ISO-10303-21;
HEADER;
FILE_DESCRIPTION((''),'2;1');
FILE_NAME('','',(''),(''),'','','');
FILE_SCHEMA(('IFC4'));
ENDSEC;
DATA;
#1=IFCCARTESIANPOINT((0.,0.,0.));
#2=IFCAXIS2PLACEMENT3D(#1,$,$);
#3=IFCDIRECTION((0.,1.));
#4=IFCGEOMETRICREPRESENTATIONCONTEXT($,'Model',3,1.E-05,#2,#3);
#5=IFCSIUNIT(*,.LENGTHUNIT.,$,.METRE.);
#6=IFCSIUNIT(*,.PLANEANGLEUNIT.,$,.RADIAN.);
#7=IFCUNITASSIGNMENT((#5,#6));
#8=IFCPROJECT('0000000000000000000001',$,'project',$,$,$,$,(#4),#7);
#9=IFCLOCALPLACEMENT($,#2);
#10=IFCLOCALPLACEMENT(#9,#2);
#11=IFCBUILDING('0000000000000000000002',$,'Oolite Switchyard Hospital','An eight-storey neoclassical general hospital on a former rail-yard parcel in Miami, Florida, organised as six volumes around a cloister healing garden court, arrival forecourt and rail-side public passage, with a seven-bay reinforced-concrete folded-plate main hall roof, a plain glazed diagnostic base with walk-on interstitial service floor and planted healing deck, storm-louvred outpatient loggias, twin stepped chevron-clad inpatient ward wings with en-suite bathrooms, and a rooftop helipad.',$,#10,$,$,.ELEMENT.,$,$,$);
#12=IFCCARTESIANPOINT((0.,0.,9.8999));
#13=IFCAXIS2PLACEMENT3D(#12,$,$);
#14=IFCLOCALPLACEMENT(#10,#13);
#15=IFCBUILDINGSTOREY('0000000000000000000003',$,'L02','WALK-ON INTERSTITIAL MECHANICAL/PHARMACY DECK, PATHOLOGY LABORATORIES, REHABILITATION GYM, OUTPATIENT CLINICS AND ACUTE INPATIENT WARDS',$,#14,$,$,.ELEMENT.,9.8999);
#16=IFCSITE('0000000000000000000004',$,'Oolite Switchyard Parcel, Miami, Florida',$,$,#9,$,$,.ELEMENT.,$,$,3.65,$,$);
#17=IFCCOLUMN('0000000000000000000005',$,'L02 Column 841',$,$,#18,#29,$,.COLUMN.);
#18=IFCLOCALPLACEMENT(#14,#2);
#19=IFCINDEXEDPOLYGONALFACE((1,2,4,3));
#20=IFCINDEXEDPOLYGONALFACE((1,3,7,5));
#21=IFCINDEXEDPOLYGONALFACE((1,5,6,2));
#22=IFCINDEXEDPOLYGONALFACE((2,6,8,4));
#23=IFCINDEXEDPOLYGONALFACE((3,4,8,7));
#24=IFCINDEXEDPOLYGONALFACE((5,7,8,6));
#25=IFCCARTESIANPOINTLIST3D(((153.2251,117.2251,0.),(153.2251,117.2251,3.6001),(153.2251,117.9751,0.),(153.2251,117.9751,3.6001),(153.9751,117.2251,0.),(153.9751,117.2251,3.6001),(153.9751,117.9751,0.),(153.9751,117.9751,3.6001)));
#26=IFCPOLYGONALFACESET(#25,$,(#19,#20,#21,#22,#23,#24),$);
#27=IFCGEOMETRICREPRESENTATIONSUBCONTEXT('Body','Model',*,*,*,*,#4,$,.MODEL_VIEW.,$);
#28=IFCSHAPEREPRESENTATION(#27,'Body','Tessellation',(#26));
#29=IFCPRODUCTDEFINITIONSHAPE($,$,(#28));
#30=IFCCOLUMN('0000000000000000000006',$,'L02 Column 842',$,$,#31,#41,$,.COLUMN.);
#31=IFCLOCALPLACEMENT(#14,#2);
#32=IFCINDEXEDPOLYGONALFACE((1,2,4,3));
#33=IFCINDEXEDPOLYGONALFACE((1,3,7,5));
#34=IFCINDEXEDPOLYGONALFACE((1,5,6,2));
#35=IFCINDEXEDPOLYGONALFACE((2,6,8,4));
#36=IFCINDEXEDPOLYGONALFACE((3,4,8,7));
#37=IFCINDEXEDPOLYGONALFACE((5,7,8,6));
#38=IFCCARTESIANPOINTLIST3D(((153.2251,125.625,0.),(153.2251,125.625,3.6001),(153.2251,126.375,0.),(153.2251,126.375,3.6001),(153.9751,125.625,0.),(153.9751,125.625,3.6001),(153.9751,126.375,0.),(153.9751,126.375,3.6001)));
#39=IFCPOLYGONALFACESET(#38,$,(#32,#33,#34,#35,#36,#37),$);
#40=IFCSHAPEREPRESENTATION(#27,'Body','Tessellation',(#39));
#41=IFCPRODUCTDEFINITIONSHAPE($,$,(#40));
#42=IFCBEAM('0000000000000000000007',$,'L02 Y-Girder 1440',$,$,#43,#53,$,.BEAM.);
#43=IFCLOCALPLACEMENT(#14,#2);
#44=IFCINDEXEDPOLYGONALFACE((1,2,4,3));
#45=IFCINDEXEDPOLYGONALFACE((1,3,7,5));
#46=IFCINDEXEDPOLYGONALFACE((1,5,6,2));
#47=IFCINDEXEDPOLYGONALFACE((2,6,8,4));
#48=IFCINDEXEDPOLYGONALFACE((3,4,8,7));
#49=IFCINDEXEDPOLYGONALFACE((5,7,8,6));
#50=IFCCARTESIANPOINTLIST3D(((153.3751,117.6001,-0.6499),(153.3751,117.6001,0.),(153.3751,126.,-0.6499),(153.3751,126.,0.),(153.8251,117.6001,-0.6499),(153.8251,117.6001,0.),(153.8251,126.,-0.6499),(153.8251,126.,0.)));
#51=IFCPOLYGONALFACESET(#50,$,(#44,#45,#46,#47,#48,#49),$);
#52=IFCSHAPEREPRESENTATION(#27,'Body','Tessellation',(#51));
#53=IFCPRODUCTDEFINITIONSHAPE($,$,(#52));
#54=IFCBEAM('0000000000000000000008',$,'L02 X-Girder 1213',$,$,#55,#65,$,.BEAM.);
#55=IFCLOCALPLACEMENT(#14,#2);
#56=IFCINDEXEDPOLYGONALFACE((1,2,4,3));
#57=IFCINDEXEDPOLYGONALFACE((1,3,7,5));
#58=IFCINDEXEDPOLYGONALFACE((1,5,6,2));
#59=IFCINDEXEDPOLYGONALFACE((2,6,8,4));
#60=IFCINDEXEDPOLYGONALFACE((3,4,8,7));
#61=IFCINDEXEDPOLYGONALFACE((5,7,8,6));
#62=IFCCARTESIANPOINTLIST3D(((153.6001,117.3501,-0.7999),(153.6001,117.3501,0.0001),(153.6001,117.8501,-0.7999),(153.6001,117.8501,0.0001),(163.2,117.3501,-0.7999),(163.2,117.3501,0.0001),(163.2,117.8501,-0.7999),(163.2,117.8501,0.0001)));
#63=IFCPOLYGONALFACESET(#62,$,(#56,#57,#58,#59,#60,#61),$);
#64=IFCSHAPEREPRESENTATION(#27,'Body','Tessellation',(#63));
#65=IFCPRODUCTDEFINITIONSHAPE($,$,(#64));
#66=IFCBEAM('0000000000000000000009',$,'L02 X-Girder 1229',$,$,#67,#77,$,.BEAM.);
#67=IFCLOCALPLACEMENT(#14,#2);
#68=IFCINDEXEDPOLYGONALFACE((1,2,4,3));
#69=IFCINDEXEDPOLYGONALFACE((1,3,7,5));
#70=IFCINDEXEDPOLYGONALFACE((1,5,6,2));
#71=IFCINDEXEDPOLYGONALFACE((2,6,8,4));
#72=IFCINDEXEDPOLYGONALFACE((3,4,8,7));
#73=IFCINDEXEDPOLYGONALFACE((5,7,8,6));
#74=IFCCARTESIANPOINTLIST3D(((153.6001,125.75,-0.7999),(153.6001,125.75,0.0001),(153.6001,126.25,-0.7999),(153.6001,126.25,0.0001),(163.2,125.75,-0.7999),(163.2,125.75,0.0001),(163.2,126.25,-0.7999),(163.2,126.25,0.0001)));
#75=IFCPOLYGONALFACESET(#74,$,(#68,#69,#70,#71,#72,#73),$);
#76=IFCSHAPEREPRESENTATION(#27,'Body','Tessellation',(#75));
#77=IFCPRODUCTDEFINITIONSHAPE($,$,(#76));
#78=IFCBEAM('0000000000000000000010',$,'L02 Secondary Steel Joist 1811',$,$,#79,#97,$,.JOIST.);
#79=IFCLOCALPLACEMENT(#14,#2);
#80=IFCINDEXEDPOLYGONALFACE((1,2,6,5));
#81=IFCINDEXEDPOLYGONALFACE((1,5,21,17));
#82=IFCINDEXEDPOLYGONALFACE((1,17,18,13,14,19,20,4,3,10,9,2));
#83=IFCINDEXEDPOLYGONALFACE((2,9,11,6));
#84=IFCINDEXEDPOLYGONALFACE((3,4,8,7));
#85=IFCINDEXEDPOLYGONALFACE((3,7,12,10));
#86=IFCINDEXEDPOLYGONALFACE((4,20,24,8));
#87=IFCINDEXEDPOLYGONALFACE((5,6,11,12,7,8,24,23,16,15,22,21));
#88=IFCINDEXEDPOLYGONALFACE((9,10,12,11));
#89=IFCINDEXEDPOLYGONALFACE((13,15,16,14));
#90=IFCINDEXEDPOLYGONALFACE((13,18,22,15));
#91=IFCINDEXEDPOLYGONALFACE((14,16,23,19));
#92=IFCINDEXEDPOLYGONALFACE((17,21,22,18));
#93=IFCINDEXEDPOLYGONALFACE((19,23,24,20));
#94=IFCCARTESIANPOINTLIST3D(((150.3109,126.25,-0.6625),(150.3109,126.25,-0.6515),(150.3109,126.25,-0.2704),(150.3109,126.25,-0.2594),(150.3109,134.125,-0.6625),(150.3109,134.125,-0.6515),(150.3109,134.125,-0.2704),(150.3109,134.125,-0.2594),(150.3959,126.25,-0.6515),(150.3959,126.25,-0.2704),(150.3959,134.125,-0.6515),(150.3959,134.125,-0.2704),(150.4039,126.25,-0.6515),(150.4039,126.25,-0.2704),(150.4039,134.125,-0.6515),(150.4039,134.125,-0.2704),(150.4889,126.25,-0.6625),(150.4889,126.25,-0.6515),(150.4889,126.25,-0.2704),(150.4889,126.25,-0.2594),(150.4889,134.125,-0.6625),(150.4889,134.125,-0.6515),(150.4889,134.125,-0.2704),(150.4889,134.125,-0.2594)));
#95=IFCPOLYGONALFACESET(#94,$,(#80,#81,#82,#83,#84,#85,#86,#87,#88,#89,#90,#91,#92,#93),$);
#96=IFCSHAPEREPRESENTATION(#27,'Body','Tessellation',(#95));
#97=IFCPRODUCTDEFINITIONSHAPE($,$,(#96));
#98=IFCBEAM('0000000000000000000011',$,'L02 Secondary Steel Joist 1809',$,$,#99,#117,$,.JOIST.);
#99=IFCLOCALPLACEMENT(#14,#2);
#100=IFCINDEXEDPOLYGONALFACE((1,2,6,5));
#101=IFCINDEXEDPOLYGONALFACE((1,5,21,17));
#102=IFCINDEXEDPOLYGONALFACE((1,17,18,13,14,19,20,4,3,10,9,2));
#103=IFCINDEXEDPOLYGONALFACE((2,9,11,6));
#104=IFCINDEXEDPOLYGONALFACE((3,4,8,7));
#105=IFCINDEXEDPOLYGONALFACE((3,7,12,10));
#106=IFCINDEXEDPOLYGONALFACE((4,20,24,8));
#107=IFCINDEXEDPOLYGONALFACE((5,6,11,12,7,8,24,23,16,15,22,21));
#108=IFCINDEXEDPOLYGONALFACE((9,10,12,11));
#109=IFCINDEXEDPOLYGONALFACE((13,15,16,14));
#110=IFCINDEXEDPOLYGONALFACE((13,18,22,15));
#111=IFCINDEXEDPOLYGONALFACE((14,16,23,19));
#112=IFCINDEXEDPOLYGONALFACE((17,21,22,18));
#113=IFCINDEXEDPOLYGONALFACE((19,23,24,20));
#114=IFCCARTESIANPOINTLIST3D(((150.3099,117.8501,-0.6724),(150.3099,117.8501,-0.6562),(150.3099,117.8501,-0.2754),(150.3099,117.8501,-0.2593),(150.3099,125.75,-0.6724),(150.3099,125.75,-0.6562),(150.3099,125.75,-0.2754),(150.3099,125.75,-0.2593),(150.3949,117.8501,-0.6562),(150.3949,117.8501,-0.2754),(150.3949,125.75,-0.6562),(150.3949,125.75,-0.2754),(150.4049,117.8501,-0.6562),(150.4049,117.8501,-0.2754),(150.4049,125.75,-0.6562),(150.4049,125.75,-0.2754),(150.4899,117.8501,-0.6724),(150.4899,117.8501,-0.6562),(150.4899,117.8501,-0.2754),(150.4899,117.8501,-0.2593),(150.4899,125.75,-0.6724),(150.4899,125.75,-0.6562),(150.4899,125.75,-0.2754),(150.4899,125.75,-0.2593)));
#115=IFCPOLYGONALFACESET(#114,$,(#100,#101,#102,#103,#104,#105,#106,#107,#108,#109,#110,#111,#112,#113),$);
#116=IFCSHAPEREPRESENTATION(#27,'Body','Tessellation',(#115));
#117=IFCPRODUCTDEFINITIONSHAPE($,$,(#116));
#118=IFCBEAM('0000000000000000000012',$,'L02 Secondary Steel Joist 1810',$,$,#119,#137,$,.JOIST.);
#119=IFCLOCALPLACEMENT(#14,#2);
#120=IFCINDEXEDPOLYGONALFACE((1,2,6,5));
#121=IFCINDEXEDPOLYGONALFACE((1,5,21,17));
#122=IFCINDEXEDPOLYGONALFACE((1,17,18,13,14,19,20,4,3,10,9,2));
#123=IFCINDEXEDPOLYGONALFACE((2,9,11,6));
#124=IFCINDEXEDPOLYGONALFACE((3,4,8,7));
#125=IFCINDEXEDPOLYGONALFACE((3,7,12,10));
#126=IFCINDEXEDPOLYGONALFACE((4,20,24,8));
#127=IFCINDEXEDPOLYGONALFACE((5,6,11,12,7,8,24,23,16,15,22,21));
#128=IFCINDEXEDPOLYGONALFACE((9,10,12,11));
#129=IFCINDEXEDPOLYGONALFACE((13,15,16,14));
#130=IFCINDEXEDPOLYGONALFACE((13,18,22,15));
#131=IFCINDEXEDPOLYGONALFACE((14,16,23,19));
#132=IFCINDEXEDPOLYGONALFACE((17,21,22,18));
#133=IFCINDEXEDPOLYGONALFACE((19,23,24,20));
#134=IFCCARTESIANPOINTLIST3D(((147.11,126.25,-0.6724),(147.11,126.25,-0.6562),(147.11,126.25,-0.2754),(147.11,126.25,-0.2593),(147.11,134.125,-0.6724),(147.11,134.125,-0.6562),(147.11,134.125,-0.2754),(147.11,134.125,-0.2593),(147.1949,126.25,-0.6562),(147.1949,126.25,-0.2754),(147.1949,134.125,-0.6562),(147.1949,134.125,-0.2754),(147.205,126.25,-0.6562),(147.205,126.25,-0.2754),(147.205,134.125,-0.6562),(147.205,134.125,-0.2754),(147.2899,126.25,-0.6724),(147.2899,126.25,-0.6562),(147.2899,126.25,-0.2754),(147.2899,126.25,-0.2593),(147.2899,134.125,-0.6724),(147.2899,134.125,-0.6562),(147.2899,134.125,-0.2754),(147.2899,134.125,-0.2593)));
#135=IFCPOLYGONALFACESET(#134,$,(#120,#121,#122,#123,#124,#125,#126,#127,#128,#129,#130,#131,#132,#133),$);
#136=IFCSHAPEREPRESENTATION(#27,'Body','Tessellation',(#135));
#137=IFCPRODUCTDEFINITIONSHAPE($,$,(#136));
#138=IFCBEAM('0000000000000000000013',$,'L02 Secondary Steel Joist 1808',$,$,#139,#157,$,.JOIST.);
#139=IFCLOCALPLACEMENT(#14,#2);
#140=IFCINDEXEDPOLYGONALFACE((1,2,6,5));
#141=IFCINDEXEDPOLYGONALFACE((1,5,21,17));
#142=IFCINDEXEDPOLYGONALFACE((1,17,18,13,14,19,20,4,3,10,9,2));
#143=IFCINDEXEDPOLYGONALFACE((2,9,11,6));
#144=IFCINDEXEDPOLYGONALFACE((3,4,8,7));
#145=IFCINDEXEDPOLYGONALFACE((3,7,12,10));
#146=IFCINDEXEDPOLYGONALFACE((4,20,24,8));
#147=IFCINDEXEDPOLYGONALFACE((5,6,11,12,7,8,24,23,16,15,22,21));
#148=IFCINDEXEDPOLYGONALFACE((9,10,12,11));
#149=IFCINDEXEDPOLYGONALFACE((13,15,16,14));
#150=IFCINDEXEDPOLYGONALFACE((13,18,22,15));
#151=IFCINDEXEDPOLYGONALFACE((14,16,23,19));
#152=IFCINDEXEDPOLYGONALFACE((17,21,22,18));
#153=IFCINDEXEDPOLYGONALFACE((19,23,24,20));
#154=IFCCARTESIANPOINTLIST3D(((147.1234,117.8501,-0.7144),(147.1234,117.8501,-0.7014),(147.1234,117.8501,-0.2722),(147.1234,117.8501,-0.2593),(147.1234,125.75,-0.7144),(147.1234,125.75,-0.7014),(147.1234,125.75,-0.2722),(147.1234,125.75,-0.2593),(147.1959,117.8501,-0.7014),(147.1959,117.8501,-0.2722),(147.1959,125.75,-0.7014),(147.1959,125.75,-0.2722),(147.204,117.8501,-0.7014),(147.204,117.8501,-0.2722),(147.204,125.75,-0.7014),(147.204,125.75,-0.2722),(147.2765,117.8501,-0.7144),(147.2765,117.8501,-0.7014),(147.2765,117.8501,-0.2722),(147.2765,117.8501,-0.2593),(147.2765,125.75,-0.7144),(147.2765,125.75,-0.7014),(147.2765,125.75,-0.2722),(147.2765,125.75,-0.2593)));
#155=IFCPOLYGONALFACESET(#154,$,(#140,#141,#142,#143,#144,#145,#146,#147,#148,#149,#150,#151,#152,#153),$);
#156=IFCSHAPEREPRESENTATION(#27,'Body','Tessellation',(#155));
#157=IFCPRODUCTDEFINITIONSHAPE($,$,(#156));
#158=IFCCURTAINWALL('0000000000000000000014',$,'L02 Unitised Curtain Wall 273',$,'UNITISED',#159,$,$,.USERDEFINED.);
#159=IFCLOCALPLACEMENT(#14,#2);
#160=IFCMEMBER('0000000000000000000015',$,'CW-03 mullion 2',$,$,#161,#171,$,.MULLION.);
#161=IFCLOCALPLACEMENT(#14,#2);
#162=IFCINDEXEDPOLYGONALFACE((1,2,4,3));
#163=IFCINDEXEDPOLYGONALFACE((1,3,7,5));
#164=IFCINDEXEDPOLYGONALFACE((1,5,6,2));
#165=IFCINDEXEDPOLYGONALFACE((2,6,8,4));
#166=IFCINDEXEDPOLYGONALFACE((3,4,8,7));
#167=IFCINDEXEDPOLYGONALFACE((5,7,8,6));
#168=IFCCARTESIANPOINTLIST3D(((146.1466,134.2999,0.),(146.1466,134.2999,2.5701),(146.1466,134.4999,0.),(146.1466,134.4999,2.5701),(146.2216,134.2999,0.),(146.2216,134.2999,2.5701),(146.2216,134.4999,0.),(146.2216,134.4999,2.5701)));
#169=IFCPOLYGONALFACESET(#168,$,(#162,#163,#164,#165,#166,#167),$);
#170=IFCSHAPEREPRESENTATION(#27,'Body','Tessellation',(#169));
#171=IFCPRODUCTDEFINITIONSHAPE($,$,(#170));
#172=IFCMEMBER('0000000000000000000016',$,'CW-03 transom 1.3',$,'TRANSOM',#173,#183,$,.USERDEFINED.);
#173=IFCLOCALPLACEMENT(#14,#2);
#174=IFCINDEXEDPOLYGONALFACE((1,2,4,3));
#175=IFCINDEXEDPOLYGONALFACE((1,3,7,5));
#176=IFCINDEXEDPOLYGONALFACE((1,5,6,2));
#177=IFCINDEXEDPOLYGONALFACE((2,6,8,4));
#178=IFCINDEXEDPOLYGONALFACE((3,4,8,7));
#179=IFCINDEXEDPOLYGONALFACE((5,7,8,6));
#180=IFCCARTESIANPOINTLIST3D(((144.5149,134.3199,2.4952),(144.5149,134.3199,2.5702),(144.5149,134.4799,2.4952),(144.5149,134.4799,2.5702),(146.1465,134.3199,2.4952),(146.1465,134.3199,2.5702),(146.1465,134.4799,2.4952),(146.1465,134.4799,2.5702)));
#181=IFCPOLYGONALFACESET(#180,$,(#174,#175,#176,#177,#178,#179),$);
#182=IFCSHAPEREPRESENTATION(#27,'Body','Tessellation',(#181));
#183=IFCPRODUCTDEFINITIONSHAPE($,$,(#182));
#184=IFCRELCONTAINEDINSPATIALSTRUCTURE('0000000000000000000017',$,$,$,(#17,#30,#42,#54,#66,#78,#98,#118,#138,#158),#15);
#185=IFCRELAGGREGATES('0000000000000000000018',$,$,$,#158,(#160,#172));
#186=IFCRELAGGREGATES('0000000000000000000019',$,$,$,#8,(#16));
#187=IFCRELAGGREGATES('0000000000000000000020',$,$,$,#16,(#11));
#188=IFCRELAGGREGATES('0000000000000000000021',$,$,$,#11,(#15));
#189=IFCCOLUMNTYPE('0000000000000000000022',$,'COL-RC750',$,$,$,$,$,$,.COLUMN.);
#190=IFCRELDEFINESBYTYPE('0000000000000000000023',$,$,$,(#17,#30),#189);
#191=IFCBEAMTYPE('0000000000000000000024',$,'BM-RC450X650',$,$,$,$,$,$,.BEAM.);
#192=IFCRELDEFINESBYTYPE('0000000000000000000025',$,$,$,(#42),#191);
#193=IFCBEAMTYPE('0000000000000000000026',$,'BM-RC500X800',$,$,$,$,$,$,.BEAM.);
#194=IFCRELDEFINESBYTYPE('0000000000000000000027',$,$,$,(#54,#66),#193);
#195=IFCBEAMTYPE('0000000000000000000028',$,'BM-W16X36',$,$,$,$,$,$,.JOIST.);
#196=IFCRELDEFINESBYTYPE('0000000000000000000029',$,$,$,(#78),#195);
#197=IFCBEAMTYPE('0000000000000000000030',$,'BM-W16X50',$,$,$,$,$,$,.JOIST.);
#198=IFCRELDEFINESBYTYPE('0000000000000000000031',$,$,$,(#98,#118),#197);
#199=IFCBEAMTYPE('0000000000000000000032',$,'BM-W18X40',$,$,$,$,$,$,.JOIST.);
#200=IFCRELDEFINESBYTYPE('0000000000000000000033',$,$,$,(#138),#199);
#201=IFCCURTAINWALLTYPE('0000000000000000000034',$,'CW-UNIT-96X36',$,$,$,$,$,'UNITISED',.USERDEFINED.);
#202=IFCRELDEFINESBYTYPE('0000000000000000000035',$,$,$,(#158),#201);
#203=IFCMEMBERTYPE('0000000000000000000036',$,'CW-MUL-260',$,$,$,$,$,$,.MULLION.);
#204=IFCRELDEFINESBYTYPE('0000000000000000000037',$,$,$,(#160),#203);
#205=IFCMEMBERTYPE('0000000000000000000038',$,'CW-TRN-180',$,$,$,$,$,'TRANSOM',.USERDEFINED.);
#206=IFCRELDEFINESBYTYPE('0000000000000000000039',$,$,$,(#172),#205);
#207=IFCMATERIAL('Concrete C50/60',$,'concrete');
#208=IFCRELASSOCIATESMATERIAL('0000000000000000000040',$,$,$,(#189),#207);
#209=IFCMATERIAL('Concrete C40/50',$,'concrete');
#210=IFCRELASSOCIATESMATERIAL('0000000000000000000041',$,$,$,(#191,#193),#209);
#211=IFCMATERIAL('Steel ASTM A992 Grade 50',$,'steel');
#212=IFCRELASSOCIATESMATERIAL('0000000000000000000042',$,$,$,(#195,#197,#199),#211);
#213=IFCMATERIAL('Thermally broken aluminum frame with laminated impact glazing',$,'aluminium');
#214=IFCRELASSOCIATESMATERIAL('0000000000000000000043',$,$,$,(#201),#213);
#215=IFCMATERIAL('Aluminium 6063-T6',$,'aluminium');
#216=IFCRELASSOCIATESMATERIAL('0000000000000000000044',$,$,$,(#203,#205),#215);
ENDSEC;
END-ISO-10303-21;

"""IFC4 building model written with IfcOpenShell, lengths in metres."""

from ifc_helpers import new_model, si_unit, direction, frame, origin, origin_2d, place, context, subcontext, project, spatial, rectangle, i_section, extrude, material, material_profile, profile_set, type_object, element, aggregate, save


model = new_model("IFC4")

# Units and contexts
model_context = context("Model", 3, precision=1e-05, world=origin(), true_north=direction((0.0, 1.0)))
body_context = subcontext(model_context, "Body", "Model", "MODEL_VIEW")
ifc_project = project(units=[si_unit("LENGTHUNIT", "METRE"), si_unit("PLANEANGLEUNIT", "RADIAN")], contexts=[model_context])

# Site, building, storey
site_placement = place(None, origin())
site = spatial("IfcSite", under=ifc_project, at=site_placement, Name="Oolite Switchyard Parcel, Miami, Florida", CompositionType="ELEMENT", RefElevation=3.65)
building_placement = place(site_placement, origin())
building = spatial("IfcBuilding", under=site, at=building_placement, Name="Oolite Switchyard Hospital", Description="An eight-storey neoclassical general hospital on a former rail-yard parcel in Miami, Florida, organised as six volumes around a cloister healing garden court, arrival forecourt and rail-side public passage, with a seven-bay reinforced-concrete folded-plate main hall roof, a plain glazed diagnostic base with walk-on interstitial service floor and planted healing deck, storm-louvred outpatient loggias, twin stepped chevron-clad inpatient ward wings with en-suite bathrooms, and a rooftop helipad.", CompositionType="ELEMENT")
storey_placement = place(building_placement, frame((0.0, 0.0, 9.8999)))
storey = spatial("IfcBuildingStorey", under=building, at=storey_placement, Name="L02", Description="WALK-ON INTERSTITIAL MECHANICAL/PHARMACY DECK, PATHOLOGY LABORATORIES, REHABILITATION GYM, OUTPATIENT CLINICS AND ACUTE INPATIENT WARDS", CompositionType="ELEMENT", Elevation=9.8999)

# Columns
ifc_material_1 = material(Name="Concrete C50/60", Category="concrete")
ifc_material_profile_1 = material_profile(ifc_material_1, rectangle(XDim=0.75, YDim=0.75, at=origin_2d()), Name="RC750X750")
ifc_profile_set_1 = profile_set([ifc_material_profile_1], Name="Concrete C50/60")
column_type = type_object("IfcColumnType", Name="COL-RC750", PredefinedType="COLUMN", material=ifc_profile_set_1)
for number, where, z_axis, x_axis, name in (
    (1, (153.6001, 117.6001, 0.0), (0.0, 0.0, 1.0), (1.0, 0.0, 0.0), "L02 Column 841"),
    (2, (153.6001, 126.0, 0.0), (0.0, 0.0, 1.0), (1.0, 0.0, 0.0), "L02 Column 842"),
):
    element("IfcColumn", number, at=place(storey_placement, frame(where, z_axis=z_axis, x_axis=x_axis)), inside=storey, type_object=column_type, Name=name, PredefinedType="COLUMN", context=body_context, shape_type="SweptSolid", body=[
        extrude(rectangle(XDim=0.75, YDim=0.75, at=origin_2d()), origin(), (0.0, 0.0, 1.0), 3.6001),
    ])

# Beams
ifc_material_2 = material(Name="Concrete C40/50", Category="concrete")
ifc_material_profile_2 = material_profile(ifc_material_2, rectangle(XDim=0.45, YDim=0.6499, at=origin_2d()), Name="RCB450X650")
ifc_profile_set_2 = profile_set([ifc_material_profile_2], Name="Concrete C40/50")
beam_type_1 = type_object("IfcBeamType", Name="BM-RC450X650", PredefinedType="BEAM", material=ifc_profile_set_2)
beam_1_placement = place(storey_placement, frame((153.6001, 117.6001, -0.325), z_axis=(0.0, 1.0, 0.0), x_axis=(-1.0, 0.0, 0.0)))
element("IfcBeam", 3, at=beam_1_placement, inside=storey, type_object=beam_type_1, Name="L02 Y-Girder 1440", PredefinedType="BEAM", context=body_context, shape_type="SweptSolid", body=[
    extrude(rectangle(XDim=0.45, YDim=0.6499, at=origin_2d()), origin(), (0.0, 0.0, 1.0), 8.3999),
])
ifc_material_profile_3 = material_profile(ifc_material_2, rectangle(XDim=0.5, YDim=0.8, at=origin_2d()), Name="RCB500X800")
ifc_profile_set_3 = profile_set([ifc_material_profile_3], Name="Concrete C40/50")
beam_type_2 = type_object("IfcBeamType", Name="BM-RC500X800", PredefinedType="BEAM", material=ifc_profile_set_3)
for number, where, z_axis, x_axis, name in (
    (4, (153.6001, 117.6001, -0.3999), (1.0, 0.0, 0.0), (0.0, 1.0, 0.0), "L02 X-Girder 1213"),
    (5, (153.6001, 126.0, -0.3999), (1.0, 0.0, 0.0), (0.0, 1.0, 0.0), "L02 X-Girder 1229"),
):
    element("IfcBeam", number, at=place(storey_placement, frame(where, z_axis=z_axis, x_axis=x_axis)), inside=storey, type_object=beam_type_2, Name=name, PredefinedType="BEAM", context=body_context, shape_type="SweptSolid", body=[
        extrude(rectangle(XDim=0.5, YDim=0.8, at=origin_2d()), origin(), (0.0, 0.0, 1.0), 9.5999),
    ])
ifc_material_3 = material(Name="Steel ASTM A992 Grade 50", Category="steel")
ifc_material_profile_4 = material_profile(ifc_material_3, i_section(OverallWidth=0.178, OverallDepth=0.4031, WebThickness=0.0081, FlangeThickness=0.011, at=origin_2d()), Name="W16X36")
ifc_profile_set_4 = profile_set([ifc_material_profile_4], Name="Steel ASTM A992 Grade 50")
beam_type_3 = type_object("IfcBeamType", Name="BM-W16X36", PredefinedType="JOIST", material=ifc_profile_set_4)
beam_2_placement = place(storey_placement, frame((150.3999, 126.25, -0.4609), z_axis=(0.0, 1.0, 0.0), x_axis=(-1.0, 0.0, 0.0)))
element("IfcBeam", 6, at=beam_2_placement, inside=storey, type_object=beam_type_3, Name="L02 Secondary Steel Joist 1811", PredefinedType="JOIST", context=body_context, shape_type="SweptSolid", body=[
    extrude(i_section(OverallWidth=0.178, OverallDepth=0.4031, WebThickness=0.0081, FlangeThickness=0.011, at=origin_2d()), origin(), (0.0, 0.0, 1.0), 7.875),
])
ifc_material_profile_5 = material_profile(ifc_material_3, i_section(OverallWidth=0.1799, OverallDepth=0.4131, WebThickness=0.01, FlangeThickness=0.0161, at=origin_2d()), Name="W16X50")
ifc_profile_set_5 = profile_set([ifc_material_profile_5], Name="Steel ASTM A992 Grade 50")
beam_type_4 = type_object("IfcBeamType", Name="BM-W16X50", PredefinedType="JOIST", material=ifc_profile_set_5)
beam_3_placement = place(storey_placement, frame((150.3999, 117.8501, -0.4658), z_axis=(0.0, 1.0, 0.0), x_axis=(-1.0, 0.0, 0.0)))
element("IfcBeam", 7, at=beam_3_placement, inside=storey, type_object=beam_type_4, Name="L02 Secondary Steel Joist 1809", PredefinedType="JOIST", context=body_context, shape_type="SweptSolid", body=[
    extrude(i_section(OverallWidth=0.1799, OverallDepth=0.4131, WebThickness=0.01, FlangeThickness=0.0161, at=origin_2d()), origin(), (0.0, 0.0, 1.0), 7.8999),
])
beam_4_placement = place(storey_placement, frame((147.2, 126.25, -0.4658), z_axis=(0.0, 1.0, 0.0), x_axis=(-1.0, 0.0, 0.0)))
element("IfcBeam", 8, at=beam_4_placement, inside=storey, type_object=beam_type_4, Name="L02 Secondary Steel Joist 1810", PredefinedType="JOIST", context=body_context, shape_type="SweptSolid", body=[
    extrude(i_section(OverallWidth=0.1799, OverallDepth=0.4131, WebThickness=0.01, FlangeThickness=0.0161, at=origin_2d()), origin(), (0.0, 0.0, 1.0), 7.875),
])
ifc_material_profile_6 = material_profile(ifc_material_3, i_section(OverallWidth=0.1531, OverallDepth=0.4551, WebThickness=0.0081, FlangeThickness=0.0129, at=origin_2d()), Name="W18X40")
ifc_profile_set_6 = profile_set([ifc_material_profile_6], Name="Steel ASTM A992 Grade 50")
beam_type_5 = type_object("IfcBeamType", Name="BM-W18X40", PredefinedType="JOIST", material=ifc_profile_set_6)
beam_5_placement = place(storey_placement, frame((147.2, 117.8501, -0.4868), z_axis=(0.0, 1.0, 0.0), x_axis=(-1.0, 0.0, 0.0)))
element("IfcBeam", 9, at=beam_5_placement, inside=storey, type_object=beam_type_5, Name="L02 Secondary Steel Joist 1808", PredefinedType="JOIST", context=body_context, shape_type="SweptSolid", body=[
    extrude(i_section(OverallWidth=0.1531, OverallDepth=0.4551, WebThickness=0.0081, FlangeThickness=0.0129, at=origin_2d()), origin(), (0.0, 0.0, 1.0), 7.8999),
])

# Curtain wall, members
ifc_material_4 = material(Name="Thermally broken aluminum frame with laminated impact glazing", Category="aluminium")
curtain_wall_type = type_object("IfcCurtainWallType", Name="CW-UNIT-96X36", ElementType="UNITISED", PredefinedType="USERDEFINED", material=ifc_material_4)
curtain_wall_placement = place(storey_placement, origin())
curtain_wall = element("IfcCurtainWall", 10, at=curtain_wall_placement, inside=storey, type_object=curtain_wall_type, Name="L02 Unitised Curtain Wall 273", ObjectType="UNITISED", PredefinedType="USERDEFINED")
ifc_material_5 = material(Name="Aluminium 6063-T6", Category="aluminium")
ifc_material_profile_7 = material_profile(ifc_material_5, rectangle(XDim=0.2, YDim=0.075, at=origin_2d()), Name="CWM75X200")
ifc_profile_set_7 = profile_set([ifc_material_profile_7], Name="Aluminium 6063-T6")
member_type_1 = type_object("IfcMemberType", Name="CW-MUL-260", PredefinedType="MULLION", material=ifc_profile_set_7)
member_1_placement = place(storey_placement, frame((146.1841, 134.3999, 0.0), z_axis=(0.0, 0.0, 1.0), x_axis=(0.0, 1.0, 0.0)))
member_1 = element("IfcMember", 11, at=member_1_placement, type_object=member_type_1, Name="CW-03 mullion 2", PredefinedType="MULLION", context=body_context, shape_type="SweptSolid", body=[
    extrude(rectangle(XDim=0.2, YDim=0.075, at=origin_2d()), origin(), (0.0, 0.0, 1.0), 2.5701),
])
ifc_material_profile_8 = material_profile(ifc_material_5, rectangle(XDim=0.1599, YDim=0.075, at=origin_2d()), Name="CWT75X160")
ifc_profile_set_8 = profile_set([ifc_material_profile_8], Name="Aluminium 6063-T6")
member_type_2 = type_object("IfcMemberType", Name="CW-TRN-180", ElementType="TRANSOM", PredefinedType="USERDEFINED", material=ifc_profile_set_8)
member_2_placement = place(storey_placement, frame((144.5149, 134.3999, 2.5327), z_axis=(1.0, 0.0, 0.0), x_axis=(0.0, 1.0, 0.0)))
member_2 = element("IfcMember", 12, at=member_2_placement, type_object=member_type_2, Name="CW-03 transom 1.3", ObjectType="TRANSOM", PredefinedType="USERDEFINED", context=body_context, shape_type="SweptSolid", body=[
    extrude(rectangle(XDim=0.1599, YDim=0.075, at=origin_2d()), origin(), (0.0, 0.0, 1.0), 1.6316),
])
aggregate(curtain_wall, [member_1, member_2])

save(model, "model.ifc")
